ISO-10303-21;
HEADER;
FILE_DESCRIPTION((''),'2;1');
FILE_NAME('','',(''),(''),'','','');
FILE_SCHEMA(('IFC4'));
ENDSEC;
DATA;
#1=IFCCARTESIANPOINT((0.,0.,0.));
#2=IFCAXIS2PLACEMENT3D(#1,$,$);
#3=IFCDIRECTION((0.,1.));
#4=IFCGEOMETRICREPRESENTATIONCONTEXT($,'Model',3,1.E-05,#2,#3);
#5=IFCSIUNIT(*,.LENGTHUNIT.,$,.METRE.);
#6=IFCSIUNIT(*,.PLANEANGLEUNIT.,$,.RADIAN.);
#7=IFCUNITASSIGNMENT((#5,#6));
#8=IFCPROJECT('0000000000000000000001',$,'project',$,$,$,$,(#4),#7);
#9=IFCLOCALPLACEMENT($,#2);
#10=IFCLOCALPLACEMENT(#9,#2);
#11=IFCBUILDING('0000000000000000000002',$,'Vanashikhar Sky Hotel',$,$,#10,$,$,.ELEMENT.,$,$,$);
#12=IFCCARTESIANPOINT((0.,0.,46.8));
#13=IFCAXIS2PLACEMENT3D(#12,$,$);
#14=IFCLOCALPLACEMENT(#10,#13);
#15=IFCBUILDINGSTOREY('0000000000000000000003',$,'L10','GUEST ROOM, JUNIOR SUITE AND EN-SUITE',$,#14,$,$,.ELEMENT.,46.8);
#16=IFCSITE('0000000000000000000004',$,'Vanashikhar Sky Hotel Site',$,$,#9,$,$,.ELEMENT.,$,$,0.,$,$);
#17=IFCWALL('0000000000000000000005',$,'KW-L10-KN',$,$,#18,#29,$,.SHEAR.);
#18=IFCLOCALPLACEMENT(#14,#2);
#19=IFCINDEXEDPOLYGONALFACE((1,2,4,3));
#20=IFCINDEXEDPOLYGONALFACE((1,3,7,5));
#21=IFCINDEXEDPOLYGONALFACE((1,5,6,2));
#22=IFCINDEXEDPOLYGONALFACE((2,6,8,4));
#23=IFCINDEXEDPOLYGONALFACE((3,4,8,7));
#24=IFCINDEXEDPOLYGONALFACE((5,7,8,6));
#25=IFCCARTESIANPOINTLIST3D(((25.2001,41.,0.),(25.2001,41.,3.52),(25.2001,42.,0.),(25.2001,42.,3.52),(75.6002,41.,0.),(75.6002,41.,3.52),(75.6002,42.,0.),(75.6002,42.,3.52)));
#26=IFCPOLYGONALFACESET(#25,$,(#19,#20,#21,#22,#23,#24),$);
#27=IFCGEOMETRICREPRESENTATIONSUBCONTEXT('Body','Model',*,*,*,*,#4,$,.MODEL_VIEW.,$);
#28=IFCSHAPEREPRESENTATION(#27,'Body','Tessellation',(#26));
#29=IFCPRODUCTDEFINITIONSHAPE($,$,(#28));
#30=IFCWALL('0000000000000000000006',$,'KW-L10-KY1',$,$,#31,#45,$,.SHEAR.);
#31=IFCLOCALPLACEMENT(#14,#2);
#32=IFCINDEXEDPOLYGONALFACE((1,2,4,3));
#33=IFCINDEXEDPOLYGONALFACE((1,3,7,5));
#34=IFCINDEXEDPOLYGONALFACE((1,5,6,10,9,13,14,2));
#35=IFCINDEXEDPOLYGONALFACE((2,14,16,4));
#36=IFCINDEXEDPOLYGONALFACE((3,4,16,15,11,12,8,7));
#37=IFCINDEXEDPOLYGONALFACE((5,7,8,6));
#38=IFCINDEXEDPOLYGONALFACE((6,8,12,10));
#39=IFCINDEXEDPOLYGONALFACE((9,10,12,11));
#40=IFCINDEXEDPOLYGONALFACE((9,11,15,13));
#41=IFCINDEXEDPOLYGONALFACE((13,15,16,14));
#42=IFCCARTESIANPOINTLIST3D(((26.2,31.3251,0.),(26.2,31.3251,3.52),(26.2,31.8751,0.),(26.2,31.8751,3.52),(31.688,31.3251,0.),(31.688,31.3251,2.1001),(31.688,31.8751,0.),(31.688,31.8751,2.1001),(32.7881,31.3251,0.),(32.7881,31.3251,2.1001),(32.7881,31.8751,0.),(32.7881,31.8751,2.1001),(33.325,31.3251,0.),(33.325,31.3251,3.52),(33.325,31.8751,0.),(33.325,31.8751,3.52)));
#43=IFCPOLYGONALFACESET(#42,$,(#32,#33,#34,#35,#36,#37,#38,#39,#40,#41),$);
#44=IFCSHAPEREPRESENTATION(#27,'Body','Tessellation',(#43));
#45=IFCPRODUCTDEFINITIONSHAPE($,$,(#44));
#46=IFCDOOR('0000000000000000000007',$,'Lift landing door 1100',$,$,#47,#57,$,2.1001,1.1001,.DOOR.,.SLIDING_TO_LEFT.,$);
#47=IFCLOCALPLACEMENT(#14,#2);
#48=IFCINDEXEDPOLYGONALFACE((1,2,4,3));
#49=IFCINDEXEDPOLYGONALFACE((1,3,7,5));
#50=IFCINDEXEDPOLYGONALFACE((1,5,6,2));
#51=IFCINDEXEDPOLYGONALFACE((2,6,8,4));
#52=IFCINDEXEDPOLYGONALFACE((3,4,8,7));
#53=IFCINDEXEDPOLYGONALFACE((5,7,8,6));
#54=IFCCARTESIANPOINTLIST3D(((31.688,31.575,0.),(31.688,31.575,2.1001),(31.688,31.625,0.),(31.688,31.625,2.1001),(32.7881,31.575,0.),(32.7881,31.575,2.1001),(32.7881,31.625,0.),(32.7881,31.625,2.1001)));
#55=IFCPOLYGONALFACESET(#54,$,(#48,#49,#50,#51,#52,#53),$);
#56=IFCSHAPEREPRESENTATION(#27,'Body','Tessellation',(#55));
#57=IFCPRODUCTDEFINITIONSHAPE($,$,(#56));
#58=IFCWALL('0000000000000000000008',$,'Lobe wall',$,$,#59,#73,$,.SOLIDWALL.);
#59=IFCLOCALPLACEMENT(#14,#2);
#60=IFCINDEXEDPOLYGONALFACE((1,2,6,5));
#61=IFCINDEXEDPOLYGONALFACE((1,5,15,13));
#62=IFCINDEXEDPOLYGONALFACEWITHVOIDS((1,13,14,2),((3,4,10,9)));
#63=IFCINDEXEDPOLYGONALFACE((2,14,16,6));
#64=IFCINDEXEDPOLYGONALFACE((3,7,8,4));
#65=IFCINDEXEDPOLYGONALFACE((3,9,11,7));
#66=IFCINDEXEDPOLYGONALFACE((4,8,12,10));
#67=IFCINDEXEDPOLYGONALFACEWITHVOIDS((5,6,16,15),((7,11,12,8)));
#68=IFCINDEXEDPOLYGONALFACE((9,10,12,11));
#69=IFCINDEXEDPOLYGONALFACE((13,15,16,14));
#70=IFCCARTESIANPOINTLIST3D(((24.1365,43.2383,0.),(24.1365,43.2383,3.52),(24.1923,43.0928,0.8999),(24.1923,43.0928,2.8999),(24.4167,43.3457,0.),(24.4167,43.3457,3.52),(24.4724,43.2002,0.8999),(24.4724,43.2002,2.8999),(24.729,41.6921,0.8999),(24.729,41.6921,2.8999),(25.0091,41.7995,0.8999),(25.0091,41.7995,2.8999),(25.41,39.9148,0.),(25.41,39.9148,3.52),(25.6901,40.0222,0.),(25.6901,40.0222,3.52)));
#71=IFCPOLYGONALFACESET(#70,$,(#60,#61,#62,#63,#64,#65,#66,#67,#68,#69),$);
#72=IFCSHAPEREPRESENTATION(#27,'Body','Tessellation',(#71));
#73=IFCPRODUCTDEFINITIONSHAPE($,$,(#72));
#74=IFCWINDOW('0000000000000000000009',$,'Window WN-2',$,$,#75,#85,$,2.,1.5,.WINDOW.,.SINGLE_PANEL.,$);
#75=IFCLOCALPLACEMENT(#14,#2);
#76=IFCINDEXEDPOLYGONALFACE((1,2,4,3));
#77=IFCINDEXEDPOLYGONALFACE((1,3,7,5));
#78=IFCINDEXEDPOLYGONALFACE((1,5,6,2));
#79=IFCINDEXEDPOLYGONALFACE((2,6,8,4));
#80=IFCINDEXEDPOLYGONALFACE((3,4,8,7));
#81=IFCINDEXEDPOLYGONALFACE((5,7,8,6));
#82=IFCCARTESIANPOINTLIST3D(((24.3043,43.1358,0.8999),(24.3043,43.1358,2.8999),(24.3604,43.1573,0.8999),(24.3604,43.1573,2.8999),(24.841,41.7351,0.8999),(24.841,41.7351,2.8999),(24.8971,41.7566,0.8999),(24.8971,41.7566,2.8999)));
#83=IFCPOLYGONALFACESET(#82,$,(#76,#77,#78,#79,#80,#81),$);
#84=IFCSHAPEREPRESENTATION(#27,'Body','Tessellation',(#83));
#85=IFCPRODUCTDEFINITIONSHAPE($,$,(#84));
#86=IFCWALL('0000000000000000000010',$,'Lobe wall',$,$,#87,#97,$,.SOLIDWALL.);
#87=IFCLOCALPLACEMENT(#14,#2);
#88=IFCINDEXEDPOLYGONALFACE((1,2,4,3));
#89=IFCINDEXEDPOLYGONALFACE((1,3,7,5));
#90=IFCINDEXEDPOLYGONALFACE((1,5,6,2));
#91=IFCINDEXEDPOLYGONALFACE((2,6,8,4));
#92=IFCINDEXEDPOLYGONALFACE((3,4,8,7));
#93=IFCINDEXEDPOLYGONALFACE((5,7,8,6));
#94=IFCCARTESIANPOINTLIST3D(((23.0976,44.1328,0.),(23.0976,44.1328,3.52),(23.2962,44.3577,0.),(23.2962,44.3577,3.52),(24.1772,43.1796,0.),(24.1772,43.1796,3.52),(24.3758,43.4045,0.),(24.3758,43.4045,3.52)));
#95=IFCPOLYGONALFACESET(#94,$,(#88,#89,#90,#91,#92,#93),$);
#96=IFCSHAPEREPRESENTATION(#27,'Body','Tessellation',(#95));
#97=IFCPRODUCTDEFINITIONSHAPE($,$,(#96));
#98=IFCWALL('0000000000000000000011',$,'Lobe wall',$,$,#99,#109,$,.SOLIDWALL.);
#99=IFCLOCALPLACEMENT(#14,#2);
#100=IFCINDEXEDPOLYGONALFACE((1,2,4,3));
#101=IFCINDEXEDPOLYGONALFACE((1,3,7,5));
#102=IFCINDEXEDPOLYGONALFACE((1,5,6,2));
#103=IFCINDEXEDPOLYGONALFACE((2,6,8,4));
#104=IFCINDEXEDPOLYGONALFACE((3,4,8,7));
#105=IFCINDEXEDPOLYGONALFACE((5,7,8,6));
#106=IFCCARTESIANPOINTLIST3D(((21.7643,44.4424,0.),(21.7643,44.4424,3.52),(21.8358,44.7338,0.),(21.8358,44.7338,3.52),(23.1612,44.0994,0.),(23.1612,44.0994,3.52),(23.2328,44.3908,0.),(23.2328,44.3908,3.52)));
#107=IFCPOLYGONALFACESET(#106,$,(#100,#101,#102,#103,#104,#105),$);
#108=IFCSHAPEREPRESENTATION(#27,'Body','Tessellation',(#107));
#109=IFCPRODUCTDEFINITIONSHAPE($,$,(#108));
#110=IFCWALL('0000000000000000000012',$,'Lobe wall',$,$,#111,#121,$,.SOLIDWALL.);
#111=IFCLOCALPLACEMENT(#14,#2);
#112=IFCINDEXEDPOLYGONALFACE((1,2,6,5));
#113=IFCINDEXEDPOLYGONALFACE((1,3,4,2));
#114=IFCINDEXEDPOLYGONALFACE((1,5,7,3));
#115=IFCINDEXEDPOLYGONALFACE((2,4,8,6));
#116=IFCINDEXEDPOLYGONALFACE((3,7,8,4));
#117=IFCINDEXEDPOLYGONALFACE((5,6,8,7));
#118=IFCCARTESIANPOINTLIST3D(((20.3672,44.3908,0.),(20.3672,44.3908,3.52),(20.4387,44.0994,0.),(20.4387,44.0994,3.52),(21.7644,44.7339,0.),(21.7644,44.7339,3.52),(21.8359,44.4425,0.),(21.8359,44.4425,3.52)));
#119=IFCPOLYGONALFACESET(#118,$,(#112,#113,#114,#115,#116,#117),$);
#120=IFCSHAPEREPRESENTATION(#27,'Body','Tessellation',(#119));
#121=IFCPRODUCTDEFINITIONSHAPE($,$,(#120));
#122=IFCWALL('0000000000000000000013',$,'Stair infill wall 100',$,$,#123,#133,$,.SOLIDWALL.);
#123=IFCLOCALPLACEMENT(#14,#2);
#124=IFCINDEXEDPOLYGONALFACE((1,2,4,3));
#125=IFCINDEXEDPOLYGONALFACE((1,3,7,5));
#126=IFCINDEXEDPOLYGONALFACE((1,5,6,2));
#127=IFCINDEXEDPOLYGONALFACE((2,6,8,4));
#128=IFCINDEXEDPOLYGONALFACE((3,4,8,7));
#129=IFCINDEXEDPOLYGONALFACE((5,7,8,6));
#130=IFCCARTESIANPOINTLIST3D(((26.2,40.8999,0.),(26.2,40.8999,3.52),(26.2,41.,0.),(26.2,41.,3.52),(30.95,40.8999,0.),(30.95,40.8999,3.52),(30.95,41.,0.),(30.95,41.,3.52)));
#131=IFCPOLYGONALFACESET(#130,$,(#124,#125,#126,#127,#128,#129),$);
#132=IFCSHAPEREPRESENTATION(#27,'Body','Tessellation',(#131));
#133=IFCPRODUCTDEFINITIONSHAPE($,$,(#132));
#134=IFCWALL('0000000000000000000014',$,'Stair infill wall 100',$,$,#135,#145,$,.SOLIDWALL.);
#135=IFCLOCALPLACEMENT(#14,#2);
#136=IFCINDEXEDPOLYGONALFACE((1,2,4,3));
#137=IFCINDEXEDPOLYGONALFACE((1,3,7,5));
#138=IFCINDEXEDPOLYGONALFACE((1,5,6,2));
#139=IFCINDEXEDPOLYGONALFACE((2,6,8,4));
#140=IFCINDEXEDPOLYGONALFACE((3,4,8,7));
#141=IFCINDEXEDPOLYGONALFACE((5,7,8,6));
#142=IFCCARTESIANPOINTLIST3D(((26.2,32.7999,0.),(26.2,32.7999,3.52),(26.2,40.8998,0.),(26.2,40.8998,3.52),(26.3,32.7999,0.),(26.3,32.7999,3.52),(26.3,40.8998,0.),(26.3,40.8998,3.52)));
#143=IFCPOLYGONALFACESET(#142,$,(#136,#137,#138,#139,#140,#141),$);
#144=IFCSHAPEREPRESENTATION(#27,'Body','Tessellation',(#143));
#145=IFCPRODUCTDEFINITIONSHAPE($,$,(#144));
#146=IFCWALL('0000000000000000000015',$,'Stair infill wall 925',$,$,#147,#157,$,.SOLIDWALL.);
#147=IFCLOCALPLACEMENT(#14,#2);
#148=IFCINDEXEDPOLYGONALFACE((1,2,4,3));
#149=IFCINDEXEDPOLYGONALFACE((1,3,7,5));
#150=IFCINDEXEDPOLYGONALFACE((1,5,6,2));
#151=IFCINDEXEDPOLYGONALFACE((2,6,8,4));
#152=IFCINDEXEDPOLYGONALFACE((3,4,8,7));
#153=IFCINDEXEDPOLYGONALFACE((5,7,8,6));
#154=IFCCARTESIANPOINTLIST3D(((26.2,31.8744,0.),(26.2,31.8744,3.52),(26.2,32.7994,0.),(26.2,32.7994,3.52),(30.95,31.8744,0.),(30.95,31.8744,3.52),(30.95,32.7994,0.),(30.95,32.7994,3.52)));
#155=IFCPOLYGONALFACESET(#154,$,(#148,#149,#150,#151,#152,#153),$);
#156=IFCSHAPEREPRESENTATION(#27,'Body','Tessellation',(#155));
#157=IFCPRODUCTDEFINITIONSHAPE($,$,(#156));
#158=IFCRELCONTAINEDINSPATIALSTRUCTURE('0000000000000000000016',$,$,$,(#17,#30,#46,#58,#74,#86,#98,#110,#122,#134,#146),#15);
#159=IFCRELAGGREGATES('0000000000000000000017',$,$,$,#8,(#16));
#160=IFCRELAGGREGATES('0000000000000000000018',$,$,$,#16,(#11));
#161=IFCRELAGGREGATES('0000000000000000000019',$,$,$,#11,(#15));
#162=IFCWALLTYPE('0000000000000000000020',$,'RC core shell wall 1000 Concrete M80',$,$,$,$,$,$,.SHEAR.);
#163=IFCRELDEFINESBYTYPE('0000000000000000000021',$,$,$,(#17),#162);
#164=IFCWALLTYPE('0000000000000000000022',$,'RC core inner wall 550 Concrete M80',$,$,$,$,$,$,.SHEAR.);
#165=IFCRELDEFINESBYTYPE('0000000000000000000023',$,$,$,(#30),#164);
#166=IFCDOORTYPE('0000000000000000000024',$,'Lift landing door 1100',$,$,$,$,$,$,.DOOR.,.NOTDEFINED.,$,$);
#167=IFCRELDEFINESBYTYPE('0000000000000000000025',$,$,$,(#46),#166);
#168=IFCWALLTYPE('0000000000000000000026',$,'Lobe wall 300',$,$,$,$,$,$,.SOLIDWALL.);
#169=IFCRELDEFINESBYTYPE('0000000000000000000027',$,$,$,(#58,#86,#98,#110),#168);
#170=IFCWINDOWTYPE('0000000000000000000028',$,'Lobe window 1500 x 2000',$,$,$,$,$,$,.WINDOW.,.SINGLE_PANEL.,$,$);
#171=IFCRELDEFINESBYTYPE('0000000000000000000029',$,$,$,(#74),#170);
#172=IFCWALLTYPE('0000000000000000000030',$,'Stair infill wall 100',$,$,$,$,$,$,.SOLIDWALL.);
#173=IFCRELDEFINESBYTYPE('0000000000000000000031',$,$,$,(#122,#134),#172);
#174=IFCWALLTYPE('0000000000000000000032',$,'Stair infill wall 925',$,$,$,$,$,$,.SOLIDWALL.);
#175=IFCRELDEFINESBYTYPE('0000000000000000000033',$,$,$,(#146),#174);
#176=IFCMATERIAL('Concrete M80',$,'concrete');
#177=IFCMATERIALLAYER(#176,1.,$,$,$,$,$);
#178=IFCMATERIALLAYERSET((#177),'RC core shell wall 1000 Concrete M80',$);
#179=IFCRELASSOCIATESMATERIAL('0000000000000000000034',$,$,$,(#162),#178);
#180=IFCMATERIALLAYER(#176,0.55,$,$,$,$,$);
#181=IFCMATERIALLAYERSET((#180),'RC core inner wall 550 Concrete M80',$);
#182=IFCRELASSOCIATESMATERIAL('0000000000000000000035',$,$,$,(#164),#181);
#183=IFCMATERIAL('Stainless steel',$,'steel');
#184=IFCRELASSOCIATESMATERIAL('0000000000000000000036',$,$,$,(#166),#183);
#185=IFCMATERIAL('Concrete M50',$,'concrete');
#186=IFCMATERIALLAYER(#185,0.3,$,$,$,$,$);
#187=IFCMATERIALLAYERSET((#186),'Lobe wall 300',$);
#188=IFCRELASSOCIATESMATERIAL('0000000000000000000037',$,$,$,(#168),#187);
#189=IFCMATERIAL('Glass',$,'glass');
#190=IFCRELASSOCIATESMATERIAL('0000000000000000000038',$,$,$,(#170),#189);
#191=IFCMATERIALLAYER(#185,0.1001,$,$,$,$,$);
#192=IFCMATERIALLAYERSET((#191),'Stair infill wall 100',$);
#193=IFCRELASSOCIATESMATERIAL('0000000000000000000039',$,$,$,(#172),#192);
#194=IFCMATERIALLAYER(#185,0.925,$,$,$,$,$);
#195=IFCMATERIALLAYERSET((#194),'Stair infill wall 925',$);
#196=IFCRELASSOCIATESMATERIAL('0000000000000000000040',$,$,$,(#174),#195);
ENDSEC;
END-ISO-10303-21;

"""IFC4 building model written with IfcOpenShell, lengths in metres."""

from ifc_helpers import new_model, si_unit, direction, frame, frame_2d, origin, place, context, subcontext, project, spatial, rectangle, extrude, source, transform, mapped, material, layer, layer_set, type_object, element, fill, save


model = new_model("IFC4")

# Units and contexts
model_context = context("Model", 3, precision=1e-05, world=origin(), true_north=direction((0.0, 1.0)))
body_context = subcontext(model_context, "Body", "Model", "MODEL_VIEW")
ifc_project = project(units=[si_unit("LENGTHUNIT", "METRE"), si_unit("PLANEANGLEUNIT", "RADIAN")], contexts=[model_context])

# Site, building, storey
site_placement = place(None, origin())
site = spatial("IfcSite", under=ifc_project, at=site_placement, Name="Vanashikhar Sky Hotel Site", CompositionType="ELEMENT", RefElevation=0.0)
building_placement = place(site_placement, origin())
building = spatial("IfcBuilding", under=site, at=building_placement, Name="Vanashikhar Sky Hotel", CompositionType="ELEMENT")
storey_placement = place(building_placement, frame((0.0, 0.0, 46.8)))
storey = spatial("IfcBuildingStorey", under=building, at=storey_placement, Name="L10", Description="GUEST ROOM, JUNIOR SUITE AND EN-SUITE", CompositionType="ELEMENT", Elevation=46.8)

# Wall
ifc_material_1 = material(Name="Concrete M80", Category="concrete")
ifc_layer_1 = layer(ifc_material_1, 1.0)
ifc_layer_set_1 = layer_set([ifc_layer_1], Name="RC core shell wall 1000 Concrete M80")
wall_type_1 = type_object("IfcWallType", Name="RC core shell wall 1000 Concrete M80", PredefinedType="SHEAR", material=ifc_layer_set_1)
shared_shape_1 = source(origin(), body_context, "Body", "SweptSolid", [
    extrude(rectangle(XDim=50.4001, YDim=1.0, at=frame_2d((25.2002, 0.0))), origin(), (0.0, 0.0, 1.0), 3.52),
])
wall_1_placement = place(storey_placement, frame((25.2, 41.5, 0.0), z_axis=(0.0, 0.0, 1.0), x_axis=(1.0, 0.0, 0.0)))
element("IfcWall", 1, at=wall_1_placement, inside=storey, type_object=wall_type_1, Name="KW-L10-KN", PredefinedType="SHEAR", context=body_context, shape_type="MappedRepresentation", body=[
    mapped(shared_shape_1, transform((0.0, 0.0, 0.0), scale=1.0)),
])

# Wall, opening, door
ifc_layer_2 = layer(ifc_material_1, 0.55)
ifc_layer_set_2 = layer_set([ifc_layer_2], Name="RC core inner wall 550 Concrete M80")
wall_type_2 = type_object("IfcWallType", Name="RC core inner wall 550 Concrete M80", PredefinedType="SHEAR", material=ifc_layer_set_2)
shared_shape_2 = source(origin(), body_context, "Body", "SweptSolid", [
    extrude(rectangle(XDim=7.125, YDim=0.55, at=frame_2d((3.5625, 0.0))), origin(), (0.0, 0.0, 1.0), 3.52),
])
wall_2_placement = place(storey_placement, frame((26.2, 31.6001, 0.0), z_axis=(0.0, 0.0, 1.0), x_axis=(1.0, 0.0, 0.0)))
wall_2 = element("IfcWall", 2, at=wall_2_placement, inside=storey, type_object=wall_type_2, Name="KW-L10-KY1", PredefinedType="SHEAR", context=body_context, shape_type="MappedRepresentation", body=[
    mapped(shared_shape_2, transform((0.0, 0.0, 0.0), scale=1.0)),
])
shared_shape_3 = source(origin(), body_context, "Body", "SweptSolid", [
    extrude(rectangle(XDim=1.1001, YDim=2.1001, at=frame_2d((0.55, 1.05))), frame((0.0, 0.2852, 0.0), z_axis=(0.0, -1.0, 0.0), x_axis=(1.0, 0.0, 0.0)), (0.0, 0.0, 1.0), 0.5701),
])
opening_1_placement = place(wall_2_placement, frame((5.488, 0.0, 0.0)))
opening_1 = element("IfcOpeningElement", 3, at=opening_1_placement, cuts=wall_2, PredefinedType="OPENING", context=body_context, shape_type="MappedRepresentation", body=[
    mapped(shared_shape_3, transform((0.0, 0.0, 0.0), scale=1.0)),
])
ifc_material_2 = material(Name="Stainless steel", Category="steel")
door_type = type_object("IfcDoorType", Name="Lift landing door 1100", OperationType="NOTDEFINED", PredefinedType="DOOR", material=ifc_material_2)
shared_shape_4 = source(origin(), body_context, "Body", "SweptSolid", [
    extrude(rectangle(XDim=1.1001, YDim=2.1001, at=frame_2d((0.55, 1.05))), frame((0.0, 0.0249, 0.0), z_axis=(0.0, -1.0, 0.0), x_axis=(1.0, 0.0, 0.0)), (0.0, 0.0, 1.0), 0.05),
])
door_placement = place(opening_1_placement, origin())
door = element("IfcDoor", 4, at=door_placement, inside=storey, type_object=door_type, Name="Lift landing door 1100", OperationType="SLIDING_TO_LEFT", OverallHeight=2.1001, OverallWidth=1.1001, PredefinedType="DOOR", context=body_context, shape_type="MappedRepresentation", body=[
    mapped(shared_shape_4, transform((0.0, 0.0, 0.0), scale=1.0)),
])
fill(opening_1, door)

# Wall, opening, window
ifc_material_3 = material(Name="Concrete M50", Category="concrete")
ifc_layer_3 = layer(ifc_material_3, 0.3)
ifc_layer_set_3 = layer_set([ifc_layer_3], Name="Lobe wall 300")
wall_type_3 = type_object("IfcWallType", Name="Lobe wall 300", PredefinedType="SOLIDWALL", material=ifc_layer_set_3)
shared_shape_5 = source(origin(), body_context, "Body", "SweptSolid", [
    extrude(rectangle(XDim=3.5591, YDim=0.3, at=frame_2d((1.7795, 0.0))), origin(), (0.0, 0.0, 1.0), 3.52),
])
wall_3_placement = place(storey_placement, frame((25.55, 39.9685, 0.0), z_axis=(0.0, 0.0, 1.0), x_axis=(-0.357797, 0.933799, 0.0)))
wall_3 = element("IfcWall", 5, at=wall_3_placement, inside=storey, type_object=wall_type_3, Name="Lobe wall", PredefinedType="SOLIDWALL", context=body_context, shape_type="MappedRepresentation", body=[
    mapped(shared_shape_5, transform((0.0, 0.0, 0.0), scale=1.0)),
])
shared_shape_6 = source(origin(), body_context, "Body", "SweptSolid", [
    extrude(rectangle(XDim=1.5, YDim=2.0, at=frame_2d((0.75, 1.0))), frame((0.0, 0.1602, 0.0), z_axis=(0.0, -1.0, 0.0), x_axis=(1.0, 0.0, 0.0)), (0.0, 0.0, 1.0), 0.3201),
])
opening_2_placement = place(wall_3_placement, frame((1.9033, 0.0, 0.8999)))
opening_2 = element("IfcOpeningElement", 6, at=opening_2_placement, cuts=wall_3, PredefinedType="OPENING", context=body_context, shape_type="MappedRepresentation", body=[
    mapped(shared_shape_6, transform((0.0, 0.0, 0.0), scale=1.0)),
])
ifc_material_4 = material(Name="Glass", Category="glass")
window_type = type_object("IfcWindowType", Name="Lobe window 1500 x 2000", PartitioningType="SINGLE_PANEL", PredefinedType="WINDOW", material=ifc_material_4)
shared_shape_7 = source(origin(), body_context, "Body", "SweptSolid", [
    extrude(rectangle(XDim=1.5, YDim=2.0, at=frame_2d((0.75, 1.0))), frame((0.0, 0.03, 0.0), z_axis=(0.0, -1.0, 0.0), x_axis=(1.0, 0.0, 0.0)), (0.0, 0.0, 1.0), 0.0601),
])
window_placement = place(opening_2_placement, origin())
window = element("IfcWindow", 7, at=window_placement, inside=storey, type_object=window_type, Name="Window WN-2", OverallHeight=2.0, OverallWidth=1.5, PartitioningType="SINGLE_PANEL", PredefinedType="WINDOW", context=body_context, shape_type="MappedRepresentation", body=[
    mapped(shared_shape_7, transform((0.0, 0.0, 0.0), scale=1.0)),
])
fill(opening_2, window)

# Walls
shared_shape_8 = source(origin(), body_context, "Body", "SweptSolid", [
    extrude(rectangle(XDim=1.4402, YDim=0.3, at=frame_2d((0.7202, 0.0))), origin(), (0.0, 0.0, 1.0), 3.52),
])
wall_4_placement = place(storey_placement, frame((24.2766, 43.292, 0.0), z_axis=(0.0, 0.0, 1.0), x_axis=(-0.74965, 0.661835, 0.0)))
element("IfcWall", 8, at=wall_4_placement, inside=storey, type_object=wall_type_3, Name="Lobe wall", PredefinedType="SOLIDWALL", context=body_context, shape_type="MappedRepresentation", body=[
    mapped(shared_shape_8, transform((0.0, 0.0, 0.0), scale=1.0)),
])
shared_shape_9 = source(origin(), body_context, "Body", "SweptSolid", [
    extrude(rectangle(XDim=1.4385, YDim=0.3, at=frame_2d((0.7192, 0.0))), origin(), (0.0, 0.0, 1.0), 3.52),
])
wall_5_placement = place(storey_placement, frame((23.197, 44.2451, 0.0), z_axis=(0.0, 0.0, 1.0), x_axis=(-0.971152, 0.23846, 0.0)))
element("IfcWall", 9, at=wall_5_placement, inside=storey, type_object=wall_type_3, Name="Lobe wall", PredefinedType="SOLIDWALL", context=body_context, shape_type="MappedRepresentation", body=[
    mapped(shared_shape_9, transform((0.0, 0.0, 0.0), scale=1.0)),
])
shared_shape_10 = source(origin(), body_context, "Body", "SweptSolid", [
    extrude(rectangle(XDim=1.4387, YDim=0.3, at=frame_2d((0.7192, 0.0))), origin(), (0.0, 0.0, 1.0), 3.52),
])
wall_6_placement = place(storey_placement, frame((21.8, 44.5881, 0.0), z_axis=(0.0, 0.0, 1.0), x_axis=(-0.971162, -0.238421, 0.0)))
element("IfcWall", 10, at=wall_6_placement, inside=storey, type_object=wall_type_3, Name="Lobe wall", PredefinedType="SOLIDWALL", context=body_context, shape_type="MappedRepresentation", body=[
    mapped(shared_shape_10, transform((0.0, 0.0, 0.0), scale=1.0)),
])
ifc_layer_4 = layer(ifc_material_3, 0.1001)
ifc_layer_set_4 = layer_set([ifc_layer_4], Name="Stair infill wall 100")
wall_type_4 = type_object("IfcWallType", Name="Stair infill wall 100", PredefinedType="SOLIDWALL", material=ifc_layer_set_4)
shared_shape_11 = source(origin(), body_context, "Body", "SweptSolid", [
    extrude(rectangle(XDim=4.75, YDim=0.1001, at=frame_2d((2.375, 0.0))), origin(), (0.0, 0.0, 1.0), 3.52),
])
wall_7_placement = place(storey_placement, frame((26.2, 40.95, 0.0), z_axis=(0.0, 0.0, 1.0), x_axis=(1.0, 0.0, 0.0)))
element("IfcWall", 11, at=wall_7_placement, inside=storey, type_object=wall_type_4, Name="Stair infill wall 100", PredefinedType="SOLIDWALL", context=body_context, shape_type="MappedRepresentation", body=[
    mapped(shared_shape_11, transform((0.0, 0.0, 0.0), scale=1.0)),
])
shared_shape_12 = source(origin(), body_context, "Body", "SweptSolid", [
    extrude(rectangle(XDim=8.0999, YDim=0.1001, at=frame_2d((4.0498, 0.0))), origin(), (0.0, 0.0, 1.0), 3.52),
])
wall_8_placement = place(storey_placement, frame((26.25, 32.8, 0.0), z_axis=(0.0, 0.0, 1.0), x_axis=(0.0, 1.0, 0.0)))
element("IfcWall", 12, at=wall_8_placement, inside=storey, type_object=wall_type_4, Name="Stair infill wall 100", PredefinedType="SOLIDWALL", context=body_context, shape_type="MappedRepresentation", body=[
    mapped(shared_shape_12, transform((0.0, 0.0, 0.0), scale=1.0)),
])
ifc_layer_5 = layer(ifc_material_3, 0.925)
ifc_layer_set_5 = layer_set([ifc_layer_5], Name="Stair infill wall 925")
wall_type_5 = type_object("IfcWallType", Name="Stair infill wall 925", PredefinedType="SOLIDWALL", material=ifc_layer_set_5)
shared_shape_13 = source(origin(), body_context, "Body", "SweptSolid", [
    extrude(rectangle(XDim=4.75, YDim=0.925, at=frame_2d((2.375, 0.0))), origin(), (0.0, 0.0, 1.0), 3.52),
])
wall_9_placement = place(storey_placement, frame((26.2, 32.3369, 0.0), z_axis=(0.0, 0.0, 1.0), x_axis=(1.0, 0.0, 0.0)))
element("IfcWall", 13, at=wall_9_placement, inside=storey, type_object=wall_type_5, Name="Stair infill wall 925", PredefinedType="SOLIDWALL", context=body_context, shape_type="MappedRepresentation", body=[
    mapped(shared_shape_13, transform((0.0, 0.0, 0.0), scale=1.0)),
])

save(model, "model.ifc")
